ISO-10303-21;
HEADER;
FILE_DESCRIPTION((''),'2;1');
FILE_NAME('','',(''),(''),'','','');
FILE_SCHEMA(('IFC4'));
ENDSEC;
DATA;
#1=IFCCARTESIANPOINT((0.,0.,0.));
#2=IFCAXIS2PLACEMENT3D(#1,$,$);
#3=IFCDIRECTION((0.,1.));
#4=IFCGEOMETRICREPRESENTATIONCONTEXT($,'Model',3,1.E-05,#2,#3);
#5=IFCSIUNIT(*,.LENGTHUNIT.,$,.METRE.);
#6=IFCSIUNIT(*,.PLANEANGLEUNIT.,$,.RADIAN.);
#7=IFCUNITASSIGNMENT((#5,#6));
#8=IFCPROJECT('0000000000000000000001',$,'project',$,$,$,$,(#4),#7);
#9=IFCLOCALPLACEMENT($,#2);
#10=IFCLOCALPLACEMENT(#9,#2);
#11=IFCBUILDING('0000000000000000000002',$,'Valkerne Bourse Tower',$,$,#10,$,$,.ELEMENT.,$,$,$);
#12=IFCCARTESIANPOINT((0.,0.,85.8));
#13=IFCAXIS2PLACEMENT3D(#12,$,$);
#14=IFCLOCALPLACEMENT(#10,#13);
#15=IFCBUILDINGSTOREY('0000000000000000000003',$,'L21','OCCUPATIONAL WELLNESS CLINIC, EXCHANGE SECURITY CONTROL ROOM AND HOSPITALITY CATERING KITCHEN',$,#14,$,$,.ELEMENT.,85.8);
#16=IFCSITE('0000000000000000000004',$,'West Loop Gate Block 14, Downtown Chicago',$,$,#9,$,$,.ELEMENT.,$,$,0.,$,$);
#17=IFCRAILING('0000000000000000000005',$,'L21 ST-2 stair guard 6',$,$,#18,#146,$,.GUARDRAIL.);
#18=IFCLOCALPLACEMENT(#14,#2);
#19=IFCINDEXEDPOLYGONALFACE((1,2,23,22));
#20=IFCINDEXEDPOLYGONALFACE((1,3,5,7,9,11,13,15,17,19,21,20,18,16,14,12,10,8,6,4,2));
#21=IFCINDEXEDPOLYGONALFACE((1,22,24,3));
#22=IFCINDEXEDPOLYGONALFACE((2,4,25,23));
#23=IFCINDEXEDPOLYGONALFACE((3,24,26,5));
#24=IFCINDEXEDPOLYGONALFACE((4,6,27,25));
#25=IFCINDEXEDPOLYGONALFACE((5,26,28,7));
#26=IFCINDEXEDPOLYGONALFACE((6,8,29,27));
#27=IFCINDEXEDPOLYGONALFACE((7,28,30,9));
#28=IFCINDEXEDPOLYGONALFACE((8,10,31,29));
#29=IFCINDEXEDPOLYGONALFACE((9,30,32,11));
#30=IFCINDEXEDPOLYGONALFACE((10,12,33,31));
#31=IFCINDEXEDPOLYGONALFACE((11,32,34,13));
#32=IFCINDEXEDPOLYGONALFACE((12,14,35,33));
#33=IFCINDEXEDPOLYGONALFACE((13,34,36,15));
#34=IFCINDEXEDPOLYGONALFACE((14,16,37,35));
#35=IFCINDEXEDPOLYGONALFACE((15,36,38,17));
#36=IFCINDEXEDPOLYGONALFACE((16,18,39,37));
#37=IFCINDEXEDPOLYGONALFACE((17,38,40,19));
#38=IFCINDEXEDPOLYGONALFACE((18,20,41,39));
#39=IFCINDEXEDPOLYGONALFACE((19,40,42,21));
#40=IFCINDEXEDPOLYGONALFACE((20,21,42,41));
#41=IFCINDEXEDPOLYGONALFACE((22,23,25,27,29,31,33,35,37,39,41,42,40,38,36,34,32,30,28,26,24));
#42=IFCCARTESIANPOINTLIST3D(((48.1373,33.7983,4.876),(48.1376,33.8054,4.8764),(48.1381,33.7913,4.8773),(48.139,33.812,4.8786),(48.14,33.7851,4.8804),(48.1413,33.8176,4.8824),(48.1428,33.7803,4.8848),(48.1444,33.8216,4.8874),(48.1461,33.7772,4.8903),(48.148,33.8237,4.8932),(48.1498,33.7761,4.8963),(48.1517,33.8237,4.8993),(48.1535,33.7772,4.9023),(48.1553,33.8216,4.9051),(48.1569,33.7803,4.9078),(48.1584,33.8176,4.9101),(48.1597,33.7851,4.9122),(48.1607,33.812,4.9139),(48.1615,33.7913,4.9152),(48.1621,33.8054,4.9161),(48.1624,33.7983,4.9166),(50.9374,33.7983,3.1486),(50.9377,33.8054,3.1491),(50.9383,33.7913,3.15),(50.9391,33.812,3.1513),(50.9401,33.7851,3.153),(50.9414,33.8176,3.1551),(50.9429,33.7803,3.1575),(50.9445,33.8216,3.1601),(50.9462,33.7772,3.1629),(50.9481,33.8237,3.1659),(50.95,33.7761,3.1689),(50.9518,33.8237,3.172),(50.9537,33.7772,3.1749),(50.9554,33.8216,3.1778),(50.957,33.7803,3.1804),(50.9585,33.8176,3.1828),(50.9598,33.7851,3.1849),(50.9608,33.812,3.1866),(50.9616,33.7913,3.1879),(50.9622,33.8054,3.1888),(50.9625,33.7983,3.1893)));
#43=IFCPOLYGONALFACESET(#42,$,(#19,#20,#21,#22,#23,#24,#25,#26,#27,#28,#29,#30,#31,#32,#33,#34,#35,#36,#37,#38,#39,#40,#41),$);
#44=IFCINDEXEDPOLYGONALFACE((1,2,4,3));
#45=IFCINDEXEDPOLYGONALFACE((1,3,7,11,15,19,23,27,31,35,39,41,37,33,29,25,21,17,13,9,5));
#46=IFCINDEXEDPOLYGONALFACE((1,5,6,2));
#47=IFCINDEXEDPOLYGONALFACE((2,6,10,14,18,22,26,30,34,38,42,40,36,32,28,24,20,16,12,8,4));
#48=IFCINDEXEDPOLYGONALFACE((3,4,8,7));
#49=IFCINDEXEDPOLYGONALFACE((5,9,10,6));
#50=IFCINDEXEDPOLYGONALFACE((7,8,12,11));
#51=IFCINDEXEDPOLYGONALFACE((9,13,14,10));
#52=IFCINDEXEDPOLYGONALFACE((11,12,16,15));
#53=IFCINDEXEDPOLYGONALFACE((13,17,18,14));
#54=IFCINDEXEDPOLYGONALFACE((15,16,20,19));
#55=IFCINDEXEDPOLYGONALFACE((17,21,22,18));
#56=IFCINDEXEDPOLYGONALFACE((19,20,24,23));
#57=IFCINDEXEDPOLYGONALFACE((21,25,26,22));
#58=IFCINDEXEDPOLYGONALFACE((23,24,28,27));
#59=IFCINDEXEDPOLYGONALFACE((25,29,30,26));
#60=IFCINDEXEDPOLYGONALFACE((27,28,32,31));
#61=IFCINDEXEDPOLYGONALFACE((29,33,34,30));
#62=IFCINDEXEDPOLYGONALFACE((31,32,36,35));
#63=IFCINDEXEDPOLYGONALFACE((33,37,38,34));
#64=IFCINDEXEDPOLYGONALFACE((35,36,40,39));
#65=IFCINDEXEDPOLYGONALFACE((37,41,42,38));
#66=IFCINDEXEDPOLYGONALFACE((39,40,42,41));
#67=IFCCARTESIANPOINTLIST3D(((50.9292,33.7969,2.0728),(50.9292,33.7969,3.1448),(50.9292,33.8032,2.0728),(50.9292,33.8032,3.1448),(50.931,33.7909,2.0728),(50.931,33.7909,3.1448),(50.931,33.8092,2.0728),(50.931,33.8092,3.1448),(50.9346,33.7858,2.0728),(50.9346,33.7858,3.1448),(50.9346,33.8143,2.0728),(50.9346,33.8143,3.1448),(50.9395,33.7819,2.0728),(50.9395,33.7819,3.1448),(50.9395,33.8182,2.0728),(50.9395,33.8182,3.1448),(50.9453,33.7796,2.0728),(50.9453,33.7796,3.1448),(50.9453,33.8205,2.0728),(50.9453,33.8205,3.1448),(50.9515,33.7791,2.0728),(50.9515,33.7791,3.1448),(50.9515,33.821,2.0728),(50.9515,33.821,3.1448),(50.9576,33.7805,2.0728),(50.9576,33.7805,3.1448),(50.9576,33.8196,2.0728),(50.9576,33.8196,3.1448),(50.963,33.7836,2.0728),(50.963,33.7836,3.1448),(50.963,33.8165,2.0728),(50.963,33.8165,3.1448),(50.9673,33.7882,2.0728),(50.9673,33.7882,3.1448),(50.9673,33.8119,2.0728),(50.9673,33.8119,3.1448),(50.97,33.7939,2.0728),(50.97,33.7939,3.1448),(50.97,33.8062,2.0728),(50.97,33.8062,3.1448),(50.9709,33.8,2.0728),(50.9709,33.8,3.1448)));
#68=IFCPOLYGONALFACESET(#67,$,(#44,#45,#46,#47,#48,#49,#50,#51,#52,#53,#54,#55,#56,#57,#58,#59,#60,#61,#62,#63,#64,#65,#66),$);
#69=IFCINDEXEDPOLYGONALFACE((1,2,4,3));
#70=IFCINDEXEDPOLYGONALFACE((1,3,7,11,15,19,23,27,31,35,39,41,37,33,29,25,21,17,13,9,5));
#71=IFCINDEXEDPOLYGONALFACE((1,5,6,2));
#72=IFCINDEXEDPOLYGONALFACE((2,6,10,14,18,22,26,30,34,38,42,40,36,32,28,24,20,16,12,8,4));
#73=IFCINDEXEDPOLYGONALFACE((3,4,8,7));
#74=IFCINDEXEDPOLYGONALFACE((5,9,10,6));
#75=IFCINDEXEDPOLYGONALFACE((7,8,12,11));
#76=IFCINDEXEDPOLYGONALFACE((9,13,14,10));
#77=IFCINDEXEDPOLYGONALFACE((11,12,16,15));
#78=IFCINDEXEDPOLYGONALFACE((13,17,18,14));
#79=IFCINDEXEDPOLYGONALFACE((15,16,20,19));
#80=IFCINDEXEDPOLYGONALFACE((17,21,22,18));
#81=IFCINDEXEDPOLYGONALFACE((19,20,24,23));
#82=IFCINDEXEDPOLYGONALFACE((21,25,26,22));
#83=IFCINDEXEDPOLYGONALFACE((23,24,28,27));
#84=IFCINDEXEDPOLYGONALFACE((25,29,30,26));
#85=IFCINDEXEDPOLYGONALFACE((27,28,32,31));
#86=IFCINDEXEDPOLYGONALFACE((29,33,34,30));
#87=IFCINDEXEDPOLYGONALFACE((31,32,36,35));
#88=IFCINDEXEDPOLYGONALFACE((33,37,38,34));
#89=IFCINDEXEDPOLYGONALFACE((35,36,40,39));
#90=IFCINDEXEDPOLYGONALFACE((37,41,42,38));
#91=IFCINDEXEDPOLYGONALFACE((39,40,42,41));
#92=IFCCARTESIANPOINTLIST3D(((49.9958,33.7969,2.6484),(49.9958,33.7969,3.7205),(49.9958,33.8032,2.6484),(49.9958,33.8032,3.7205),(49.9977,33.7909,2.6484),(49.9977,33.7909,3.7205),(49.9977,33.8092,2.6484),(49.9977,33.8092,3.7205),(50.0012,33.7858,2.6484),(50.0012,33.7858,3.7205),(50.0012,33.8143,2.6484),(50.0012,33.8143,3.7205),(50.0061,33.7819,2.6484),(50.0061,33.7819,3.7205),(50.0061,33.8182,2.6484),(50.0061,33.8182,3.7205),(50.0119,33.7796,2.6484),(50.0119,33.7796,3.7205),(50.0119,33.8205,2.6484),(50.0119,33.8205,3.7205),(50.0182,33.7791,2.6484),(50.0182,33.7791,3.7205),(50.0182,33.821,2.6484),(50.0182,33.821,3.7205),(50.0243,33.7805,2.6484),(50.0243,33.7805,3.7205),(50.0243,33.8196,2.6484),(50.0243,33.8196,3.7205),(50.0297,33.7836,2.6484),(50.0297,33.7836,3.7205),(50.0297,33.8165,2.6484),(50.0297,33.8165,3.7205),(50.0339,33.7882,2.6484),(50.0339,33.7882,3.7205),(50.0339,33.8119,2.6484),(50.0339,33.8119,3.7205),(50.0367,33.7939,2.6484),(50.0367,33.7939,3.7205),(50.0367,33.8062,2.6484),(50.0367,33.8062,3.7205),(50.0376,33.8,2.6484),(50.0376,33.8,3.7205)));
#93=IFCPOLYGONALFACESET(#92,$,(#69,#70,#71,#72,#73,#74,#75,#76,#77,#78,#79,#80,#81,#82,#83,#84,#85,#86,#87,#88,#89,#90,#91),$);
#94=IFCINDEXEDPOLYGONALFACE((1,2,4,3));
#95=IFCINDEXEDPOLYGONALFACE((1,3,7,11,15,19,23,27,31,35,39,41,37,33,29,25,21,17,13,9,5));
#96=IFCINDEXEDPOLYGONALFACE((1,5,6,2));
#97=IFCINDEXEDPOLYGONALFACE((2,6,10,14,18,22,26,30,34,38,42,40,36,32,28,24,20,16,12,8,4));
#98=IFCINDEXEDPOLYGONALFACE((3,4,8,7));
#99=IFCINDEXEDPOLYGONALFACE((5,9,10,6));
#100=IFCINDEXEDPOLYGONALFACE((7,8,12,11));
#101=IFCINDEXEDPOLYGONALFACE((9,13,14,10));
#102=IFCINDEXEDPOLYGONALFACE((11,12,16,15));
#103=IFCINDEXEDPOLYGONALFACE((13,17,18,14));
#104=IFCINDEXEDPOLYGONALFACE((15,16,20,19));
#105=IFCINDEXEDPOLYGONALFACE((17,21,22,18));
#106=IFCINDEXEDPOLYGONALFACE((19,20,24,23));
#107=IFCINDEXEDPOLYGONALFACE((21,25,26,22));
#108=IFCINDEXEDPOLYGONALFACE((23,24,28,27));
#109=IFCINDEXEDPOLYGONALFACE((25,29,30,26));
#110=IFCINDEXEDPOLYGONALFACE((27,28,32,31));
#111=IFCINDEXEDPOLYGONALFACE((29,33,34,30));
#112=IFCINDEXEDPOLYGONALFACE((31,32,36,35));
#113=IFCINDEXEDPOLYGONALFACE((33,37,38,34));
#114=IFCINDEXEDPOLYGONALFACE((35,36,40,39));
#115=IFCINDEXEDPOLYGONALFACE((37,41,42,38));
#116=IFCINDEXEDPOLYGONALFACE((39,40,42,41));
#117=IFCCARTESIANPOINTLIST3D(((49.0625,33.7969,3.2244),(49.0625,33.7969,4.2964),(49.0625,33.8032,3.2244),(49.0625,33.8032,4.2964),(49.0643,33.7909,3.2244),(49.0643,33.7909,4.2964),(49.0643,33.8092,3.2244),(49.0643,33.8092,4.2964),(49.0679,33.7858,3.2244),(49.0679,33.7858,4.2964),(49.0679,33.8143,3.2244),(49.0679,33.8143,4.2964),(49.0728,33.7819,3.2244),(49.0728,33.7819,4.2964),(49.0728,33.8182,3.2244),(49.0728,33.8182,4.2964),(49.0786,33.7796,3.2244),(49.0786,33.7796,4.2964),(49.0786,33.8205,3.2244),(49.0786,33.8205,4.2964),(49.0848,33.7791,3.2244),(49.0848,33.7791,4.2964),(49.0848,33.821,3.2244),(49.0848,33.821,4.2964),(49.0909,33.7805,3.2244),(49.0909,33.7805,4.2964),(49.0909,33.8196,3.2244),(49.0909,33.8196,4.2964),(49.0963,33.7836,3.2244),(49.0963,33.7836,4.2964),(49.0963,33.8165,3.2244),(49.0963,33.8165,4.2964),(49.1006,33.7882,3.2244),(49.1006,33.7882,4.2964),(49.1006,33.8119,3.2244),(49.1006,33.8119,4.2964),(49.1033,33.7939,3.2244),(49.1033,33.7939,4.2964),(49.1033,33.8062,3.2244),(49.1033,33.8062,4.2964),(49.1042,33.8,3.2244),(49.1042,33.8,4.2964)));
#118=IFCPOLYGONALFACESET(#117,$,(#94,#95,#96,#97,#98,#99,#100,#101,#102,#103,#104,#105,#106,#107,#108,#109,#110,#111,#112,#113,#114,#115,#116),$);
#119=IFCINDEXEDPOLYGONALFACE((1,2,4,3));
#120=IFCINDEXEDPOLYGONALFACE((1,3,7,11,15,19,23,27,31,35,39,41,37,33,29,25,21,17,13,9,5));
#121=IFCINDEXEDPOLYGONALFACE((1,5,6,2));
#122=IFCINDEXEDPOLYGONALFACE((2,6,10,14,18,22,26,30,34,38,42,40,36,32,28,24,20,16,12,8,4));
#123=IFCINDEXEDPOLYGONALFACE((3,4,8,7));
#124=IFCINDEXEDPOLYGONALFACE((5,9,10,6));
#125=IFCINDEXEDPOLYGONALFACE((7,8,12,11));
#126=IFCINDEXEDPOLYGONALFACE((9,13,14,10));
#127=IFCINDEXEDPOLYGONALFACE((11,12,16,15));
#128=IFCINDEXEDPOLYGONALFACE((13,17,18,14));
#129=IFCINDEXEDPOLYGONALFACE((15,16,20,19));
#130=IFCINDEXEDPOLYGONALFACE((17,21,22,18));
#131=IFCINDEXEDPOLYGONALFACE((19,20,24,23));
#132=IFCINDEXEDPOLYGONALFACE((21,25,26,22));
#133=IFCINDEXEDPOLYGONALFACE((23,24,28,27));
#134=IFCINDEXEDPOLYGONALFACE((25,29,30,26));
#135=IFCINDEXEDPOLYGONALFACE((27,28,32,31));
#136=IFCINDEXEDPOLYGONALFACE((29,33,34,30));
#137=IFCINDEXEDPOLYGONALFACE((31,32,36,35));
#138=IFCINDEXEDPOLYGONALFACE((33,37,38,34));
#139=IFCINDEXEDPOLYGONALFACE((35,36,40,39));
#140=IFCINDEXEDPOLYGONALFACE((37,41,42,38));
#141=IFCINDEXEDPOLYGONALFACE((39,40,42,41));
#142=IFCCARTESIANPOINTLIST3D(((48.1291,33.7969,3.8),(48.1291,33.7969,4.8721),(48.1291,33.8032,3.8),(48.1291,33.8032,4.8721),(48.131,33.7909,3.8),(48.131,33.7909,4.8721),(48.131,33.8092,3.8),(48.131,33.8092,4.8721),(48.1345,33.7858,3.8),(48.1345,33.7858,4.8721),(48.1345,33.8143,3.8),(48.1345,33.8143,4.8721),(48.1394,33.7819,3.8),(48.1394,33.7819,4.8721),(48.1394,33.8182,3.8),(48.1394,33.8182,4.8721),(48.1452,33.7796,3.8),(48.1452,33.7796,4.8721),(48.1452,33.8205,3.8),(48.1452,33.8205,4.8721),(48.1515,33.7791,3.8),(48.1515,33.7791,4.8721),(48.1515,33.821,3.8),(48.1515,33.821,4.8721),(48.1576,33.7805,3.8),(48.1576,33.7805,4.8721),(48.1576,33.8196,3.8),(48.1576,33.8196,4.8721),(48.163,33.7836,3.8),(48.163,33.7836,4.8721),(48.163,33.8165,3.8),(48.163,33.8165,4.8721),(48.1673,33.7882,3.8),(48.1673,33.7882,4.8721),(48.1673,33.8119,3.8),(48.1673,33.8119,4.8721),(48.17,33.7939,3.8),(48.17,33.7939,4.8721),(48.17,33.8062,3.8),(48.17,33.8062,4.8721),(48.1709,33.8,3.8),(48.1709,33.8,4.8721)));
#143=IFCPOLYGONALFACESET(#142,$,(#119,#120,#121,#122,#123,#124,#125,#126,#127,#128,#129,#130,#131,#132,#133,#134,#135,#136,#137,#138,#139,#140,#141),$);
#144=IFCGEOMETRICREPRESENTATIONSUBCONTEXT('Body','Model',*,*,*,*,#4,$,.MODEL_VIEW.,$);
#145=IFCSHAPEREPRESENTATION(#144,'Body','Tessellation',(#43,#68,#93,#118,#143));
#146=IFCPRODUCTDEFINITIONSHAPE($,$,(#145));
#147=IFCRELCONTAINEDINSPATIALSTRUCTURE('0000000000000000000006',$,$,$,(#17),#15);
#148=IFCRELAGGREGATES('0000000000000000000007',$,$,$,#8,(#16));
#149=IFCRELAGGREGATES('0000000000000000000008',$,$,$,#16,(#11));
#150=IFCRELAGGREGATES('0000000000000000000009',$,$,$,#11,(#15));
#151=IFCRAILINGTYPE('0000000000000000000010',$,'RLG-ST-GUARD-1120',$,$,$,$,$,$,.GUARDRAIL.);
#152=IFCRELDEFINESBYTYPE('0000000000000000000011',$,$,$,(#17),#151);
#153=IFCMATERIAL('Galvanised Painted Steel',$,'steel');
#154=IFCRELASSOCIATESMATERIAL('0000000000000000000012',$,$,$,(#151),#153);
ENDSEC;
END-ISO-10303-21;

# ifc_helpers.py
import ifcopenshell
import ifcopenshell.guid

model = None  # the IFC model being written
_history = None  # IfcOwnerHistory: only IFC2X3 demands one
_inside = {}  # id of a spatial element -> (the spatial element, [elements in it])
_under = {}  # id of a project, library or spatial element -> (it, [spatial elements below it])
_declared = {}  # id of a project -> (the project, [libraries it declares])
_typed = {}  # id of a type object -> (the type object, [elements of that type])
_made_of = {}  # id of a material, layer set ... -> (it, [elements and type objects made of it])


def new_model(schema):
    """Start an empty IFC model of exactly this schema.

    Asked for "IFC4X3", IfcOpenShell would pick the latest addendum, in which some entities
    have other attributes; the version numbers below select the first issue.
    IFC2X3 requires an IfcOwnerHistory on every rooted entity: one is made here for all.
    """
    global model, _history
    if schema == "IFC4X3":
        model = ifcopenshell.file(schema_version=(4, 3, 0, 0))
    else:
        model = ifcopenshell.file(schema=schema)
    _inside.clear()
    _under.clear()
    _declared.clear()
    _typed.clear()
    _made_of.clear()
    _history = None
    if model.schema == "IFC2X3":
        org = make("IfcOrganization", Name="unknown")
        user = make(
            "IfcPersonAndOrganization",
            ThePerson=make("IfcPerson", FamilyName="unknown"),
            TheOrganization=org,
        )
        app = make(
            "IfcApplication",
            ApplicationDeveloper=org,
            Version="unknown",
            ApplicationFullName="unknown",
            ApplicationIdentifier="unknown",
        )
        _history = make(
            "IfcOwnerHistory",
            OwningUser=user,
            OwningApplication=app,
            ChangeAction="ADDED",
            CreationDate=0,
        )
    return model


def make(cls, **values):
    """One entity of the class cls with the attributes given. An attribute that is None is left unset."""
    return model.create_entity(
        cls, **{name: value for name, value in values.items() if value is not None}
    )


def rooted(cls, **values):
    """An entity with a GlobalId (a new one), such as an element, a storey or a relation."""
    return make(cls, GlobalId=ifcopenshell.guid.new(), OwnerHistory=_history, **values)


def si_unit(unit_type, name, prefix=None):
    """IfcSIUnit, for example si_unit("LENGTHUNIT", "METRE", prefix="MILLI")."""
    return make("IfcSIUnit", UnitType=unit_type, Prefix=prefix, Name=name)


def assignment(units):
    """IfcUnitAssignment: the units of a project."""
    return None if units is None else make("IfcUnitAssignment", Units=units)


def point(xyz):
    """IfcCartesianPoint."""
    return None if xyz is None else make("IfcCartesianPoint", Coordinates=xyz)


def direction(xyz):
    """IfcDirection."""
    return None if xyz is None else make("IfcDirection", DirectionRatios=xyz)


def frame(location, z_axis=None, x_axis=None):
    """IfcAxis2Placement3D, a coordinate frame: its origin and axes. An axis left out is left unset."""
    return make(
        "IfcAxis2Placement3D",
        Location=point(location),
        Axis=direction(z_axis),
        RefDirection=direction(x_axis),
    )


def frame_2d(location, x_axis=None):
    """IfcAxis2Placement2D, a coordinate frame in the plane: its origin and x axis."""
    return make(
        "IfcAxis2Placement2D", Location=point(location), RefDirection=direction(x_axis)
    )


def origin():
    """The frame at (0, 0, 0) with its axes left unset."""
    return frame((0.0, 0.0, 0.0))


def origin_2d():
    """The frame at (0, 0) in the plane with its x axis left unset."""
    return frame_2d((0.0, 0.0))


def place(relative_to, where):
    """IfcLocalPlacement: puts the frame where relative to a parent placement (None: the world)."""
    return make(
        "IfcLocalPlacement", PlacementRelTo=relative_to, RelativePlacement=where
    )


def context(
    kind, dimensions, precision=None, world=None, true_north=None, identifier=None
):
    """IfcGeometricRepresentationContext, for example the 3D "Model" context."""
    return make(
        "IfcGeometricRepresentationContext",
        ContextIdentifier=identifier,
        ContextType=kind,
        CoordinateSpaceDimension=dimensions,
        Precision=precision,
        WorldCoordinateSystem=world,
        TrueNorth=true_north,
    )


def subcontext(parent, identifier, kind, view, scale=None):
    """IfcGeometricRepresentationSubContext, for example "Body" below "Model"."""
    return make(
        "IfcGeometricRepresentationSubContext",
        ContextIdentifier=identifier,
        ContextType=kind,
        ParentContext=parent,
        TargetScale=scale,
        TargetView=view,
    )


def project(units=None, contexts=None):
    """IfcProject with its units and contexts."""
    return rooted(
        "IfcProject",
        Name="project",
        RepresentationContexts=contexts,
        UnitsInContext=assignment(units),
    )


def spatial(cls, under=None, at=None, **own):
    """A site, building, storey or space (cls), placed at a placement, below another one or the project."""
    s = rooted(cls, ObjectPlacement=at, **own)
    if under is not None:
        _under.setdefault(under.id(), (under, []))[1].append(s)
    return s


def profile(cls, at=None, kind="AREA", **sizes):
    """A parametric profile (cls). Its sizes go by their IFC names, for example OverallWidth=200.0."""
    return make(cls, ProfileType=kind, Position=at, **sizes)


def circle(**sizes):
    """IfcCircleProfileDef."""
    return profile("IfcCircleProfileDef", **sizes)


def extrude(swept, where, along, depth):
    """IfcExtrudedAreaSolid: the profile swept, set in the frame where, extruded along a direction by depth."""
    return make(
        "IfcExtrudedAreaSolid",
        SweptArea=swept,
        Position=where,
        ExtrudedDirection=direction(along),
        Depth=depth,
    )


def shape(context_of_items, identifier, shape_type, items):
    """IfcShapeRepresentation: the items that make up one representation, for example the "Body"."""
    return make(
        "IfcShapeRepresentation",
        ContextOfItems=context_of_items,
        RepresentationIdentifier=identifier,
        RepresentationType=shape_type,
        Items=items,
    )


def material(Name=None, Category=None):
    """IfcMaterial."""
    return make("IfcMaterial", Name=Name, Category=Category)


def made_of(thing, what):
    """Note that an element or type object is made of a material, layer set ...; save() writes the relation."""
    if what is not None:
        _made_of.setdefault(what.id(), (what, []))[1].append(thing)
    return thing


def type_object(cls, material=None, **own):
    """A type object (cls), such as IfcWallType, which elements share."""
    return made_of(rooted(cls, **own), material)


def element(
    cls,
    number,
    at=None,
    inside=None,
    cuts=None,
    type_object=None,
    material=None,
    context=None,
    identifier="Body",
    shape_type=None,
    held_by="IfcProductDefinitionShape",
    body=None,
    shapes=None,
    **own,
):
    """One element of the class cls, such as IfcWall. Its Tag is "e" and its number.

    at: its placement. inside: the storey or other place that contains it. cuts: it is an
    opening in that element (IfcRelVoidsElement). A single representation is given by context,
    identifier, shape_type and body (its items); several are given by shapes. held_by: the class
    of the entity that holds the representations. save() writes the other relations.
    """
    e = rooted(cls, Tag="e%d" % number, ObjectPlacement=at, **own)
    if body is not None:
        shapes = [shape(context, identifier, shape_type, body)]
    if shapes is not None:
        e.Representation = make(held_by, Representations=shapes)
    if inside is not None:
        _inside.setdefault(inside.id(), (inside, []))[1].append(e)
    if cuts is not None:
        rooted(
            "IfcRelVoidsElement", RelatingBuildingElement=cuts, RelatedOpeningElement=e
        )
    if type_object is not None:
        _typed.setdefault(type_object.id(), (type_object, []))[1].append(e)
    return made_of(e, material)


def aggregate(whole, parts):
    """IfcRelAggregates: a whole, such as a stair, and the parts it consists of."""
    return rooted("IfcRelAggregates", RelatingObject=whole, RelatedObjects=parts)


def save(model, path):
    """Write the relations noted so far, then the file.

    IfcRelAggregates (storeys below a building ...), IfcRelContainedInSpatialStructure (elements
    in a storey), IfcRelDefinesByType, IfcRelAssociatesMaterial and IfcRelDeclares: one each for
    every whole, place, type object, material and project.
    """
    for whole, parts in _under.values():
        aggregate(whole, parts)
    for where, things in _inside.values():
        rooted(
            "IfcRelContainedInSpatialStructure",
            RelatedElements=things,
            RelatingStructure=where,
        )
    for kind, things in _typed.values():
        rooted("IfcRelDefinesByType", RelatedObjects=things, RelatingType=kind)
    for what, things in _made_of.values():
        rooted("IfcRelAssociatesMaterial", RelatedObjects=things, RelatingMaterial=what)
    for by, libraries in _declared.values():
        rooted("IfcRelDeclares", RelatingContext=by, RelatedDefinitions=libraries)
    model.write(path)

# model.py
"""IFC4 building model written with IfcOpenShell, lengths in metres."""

from ifc_helpers import new_model, si_unit, direction, frame, origin, origin_2d, place, context, subcontext, project, spatial, circle, extrude, material, type_object, element, save


model = new_model("IFC4")

# Units and contexts
model_context = context("Model", 3, precision=1e-05, world=origin(), true_north=direction((0.0, 1.0)))
body_context = subcontext(model_context, "Body", "Model", "MODEL_VIEW")
ifc_project = project(units=[si_unit("LENGTHUNIT", "METRE"), si_unit("PLANEANGLEUNIT", "RADIAN")], contexts=[model_context])

# Site, building, storey
site_placement = place(None, origin())
site = spatial("IfcSite", under=ifc_project, at=site_placement, Name="West Loop Gate Block 14, Downtown Chicago", CompositionType="ELEMENT", RefElevation=0.0)
building_placement = place(site_placement, origin())
building = spatial("IfcBuilding", under=site, at=building_placement, Name="Valkerne Bourse Tower", CompositionType="ELEMENT")
storey_placement = place(building_placement, frame((0.0, 0.0, 85.8)))
storey = spatial("IfcBuildingStorey", under=building, at=storey_placement, Name="L21", Description="OCCUPATIONAL WELLNESS CLINIC, EXCHANGE SECURITY CONTROL ROOM AND HOSPITALITY CATERING KITCHEN", CompositionType="ELEMENT", Elevation=85.8)

# Railing
ifc_material_1 = material(Name="Galvanised Painted Steel", Category="steel")
railing_type_1 = type_object("IfcRailingType", Name="RLG-ST-GUARD-1120", PredefinedType="GUARDRAIL", material=ifc_material_1)
railing_1_placement = place(storey_placement, frame((50.95, 33.8, 2.0728)))
element("IfcRailing", 1, at=railing_1_placement, inside=storey, type_object=railing_type_1, Name="L21 ST-2 stair guard 6", PredefinedType="GUARDRAIL", context=body_context, shape_type="SweptSolid", body=[
    extrude(circle(Radius=0.0239, at=origin_2d()), frame((0.0, 0.0, 1.0962), z_axis=(-0.85109, 0.0, 0.52502), x_axis=(0.0, -1.0, 0.0)), (0.0, 0.0, 1.0), 3.29),
    extrude(circle(Radius=0.021, at=origin_2d()), origin(), (0.0, 0.0, 1.0), 1.072),
    extrude(circle(Radius=0.021, at=origin_2d()), frame((-0.9333, 0.0, 0.5757)), (0.0, 0.0, 1.0), 1.072),
    extrude(circle(Radius=0.021, at=origin_2d()), frame((-1.8667, 0.0, 1.1516)), (0.0, 0.0, 1.0), 1.072),
    extrude(circle(Radius=0.021, at=origin_2d()), frame((-2.8, 0.0, 1.7273)), (0.0, 0.0, 1.0), 1.072),
])

save(model, "model.ifc")
